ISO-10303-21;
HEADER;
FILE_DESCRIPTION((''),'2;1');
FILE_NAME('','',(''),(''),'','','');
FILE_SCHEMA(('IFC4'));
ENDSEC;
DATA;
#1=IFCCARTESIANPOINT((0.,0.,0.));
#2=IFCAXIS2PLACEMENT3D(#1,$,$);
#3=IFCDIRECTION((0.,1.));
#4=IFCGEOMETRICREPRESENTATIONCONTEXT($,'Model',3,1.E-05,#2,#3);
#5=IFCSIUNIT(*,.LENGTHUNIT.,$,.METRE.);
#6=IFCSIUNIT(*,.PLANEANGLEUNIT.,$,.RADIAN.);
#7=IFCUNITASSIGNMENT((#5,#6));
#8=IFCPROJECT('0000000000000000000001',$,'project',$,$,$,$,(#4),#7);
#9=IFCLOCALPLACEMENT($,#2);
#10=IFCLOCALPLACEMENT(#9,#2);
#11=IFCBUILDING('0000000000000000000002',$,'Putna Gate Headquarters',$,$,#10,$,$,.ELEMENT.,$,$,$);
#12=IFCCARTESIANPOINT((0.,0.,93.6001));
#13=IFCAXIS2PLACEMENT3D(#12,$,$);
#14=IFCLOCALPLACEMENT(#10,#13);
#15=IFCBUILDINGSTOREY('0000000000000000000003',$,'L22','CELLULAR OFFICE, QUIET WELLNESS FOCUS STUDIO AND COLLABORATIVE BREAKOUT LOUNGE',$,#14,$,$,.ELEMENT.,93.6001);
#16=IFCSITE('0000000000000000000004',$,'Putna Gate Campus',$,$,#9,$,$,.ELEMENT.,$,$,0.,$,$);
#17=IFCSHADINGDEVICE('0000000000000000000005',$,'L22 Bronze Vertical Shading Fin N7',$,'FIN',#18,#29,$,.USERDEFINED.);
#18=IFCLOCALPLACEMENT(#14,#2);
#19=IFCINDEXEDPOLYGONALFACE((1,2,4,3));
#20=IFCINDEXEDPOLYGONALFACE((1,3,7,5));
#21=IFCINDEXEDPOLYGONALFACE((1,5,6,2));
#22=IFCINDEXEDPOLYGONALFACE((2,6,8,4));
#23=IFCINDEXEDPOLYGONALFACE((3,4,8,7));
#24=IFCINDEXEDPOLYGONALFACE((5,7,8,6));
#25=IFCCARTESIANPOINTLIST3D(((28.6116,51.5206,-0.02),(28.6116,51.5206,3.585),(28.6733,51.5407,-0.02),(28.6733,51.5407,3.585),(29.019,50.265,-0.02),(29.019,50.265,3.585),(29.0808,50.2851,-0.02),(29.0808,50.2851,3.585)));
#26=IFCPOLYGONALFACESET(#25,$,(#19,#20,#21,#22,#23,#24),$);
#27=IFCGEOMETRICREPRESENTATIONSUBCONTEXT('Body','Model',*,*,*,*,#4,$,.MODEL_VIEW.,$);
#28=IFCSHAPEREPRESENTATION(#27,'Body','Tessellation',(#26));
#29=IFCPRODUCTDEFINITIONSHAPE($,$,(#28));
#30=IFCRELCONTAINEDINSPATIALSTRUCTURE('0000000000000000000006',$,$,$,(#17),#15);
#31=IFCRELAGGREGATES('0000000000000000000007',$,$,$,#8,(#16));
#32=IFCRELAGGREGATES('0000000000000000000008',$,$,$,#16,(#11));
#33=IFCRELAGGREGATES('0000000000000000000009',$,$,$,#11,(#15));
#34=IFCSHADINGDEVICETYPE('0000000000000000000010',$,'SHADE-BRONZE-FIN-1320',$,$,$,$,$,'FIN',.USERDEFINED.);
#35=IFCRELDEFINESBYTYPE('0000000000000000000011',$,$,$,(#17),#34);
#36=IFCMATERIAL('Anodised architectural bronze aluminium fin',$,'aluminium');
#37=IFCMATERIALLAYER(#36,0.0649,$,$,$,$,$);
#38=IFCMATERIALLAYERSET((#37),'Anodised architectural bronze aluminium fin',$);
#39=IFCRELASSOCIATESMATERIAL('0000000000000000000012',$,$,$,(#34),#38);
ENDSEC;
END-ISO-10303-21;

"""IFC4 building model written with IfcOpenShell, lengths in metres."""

from ifc_helpers import new_model, si_unit, direction, frame, origin, origin_2d, place, context, subcontext, project, spatial, rectangle, extrude, material, layer, layer_set, type_object, element, save


model = new_model("IFC4")

# Units and contexts
model_context = context("Model", 3, precision=1e-05, world=origin(), true_north=direction((0.0, 1.0)))
body_context = subcontext(model_context, "Body", "Model", "MODEL_VIEW")
ifc_project = project(units=[si_unit("LENGTHUNIT", "METRE"), si_unit("PLANEANGLEUNIT", "RADIAN")], contexts=[model_context])

# Site, building, storey
site_placement = place(None, origin())
site = spatial("IfcSite", under=ifc_project, at=site_placement, Name="Putna Gate Campus", CompositionType="ELEMENT", RefElevation=0.0)
building_placement = place(site_placement, origin())
building = spatial("IfcBuilding", under=site, at=building_placement, Name="Putna Gate Headquarters", CompositionType="ELEMENT")
storey_placement = place(building_placement, frame((0.0, 0.0, 93.6001)))
storey = spatial("IfcBuildingStorey", under=building, at=storey_placement, Name="L22", Description="CELLULAR OFFICE, QUIET WELLNESS FOCUS STUDIO AND COLLABORATIVE BREAKOUT LOUNGE", CompositionType="ELEMENT", Elevation=93.6001)

# Shading device
ifc_material_1 = material(Name="Anodised architectural bronze aluminium fin", Category="aluminium")
ifc_layer_1 = layer(ifc_material_1, 0.0649)
ifc_layer_set_1 = layer_set([ifc_layer_1], Name="Anodised architectural bronze aluminium fin")
shading_device_type = type_object("IfcShadingDeviceType", Name="SHADE-BRONZE-FIN-1320", ElementType="FIN", PredefinedType="USERDEFINED", material=ifc_layer_set_1)
for number, where, z_axis, x_axis, name in (
    (1, (28.8462, 50.9028, -0.02), (0.0, 0.0, 1.0), (-0.308685, 0.951164, 0.0), "L22 Bronze Vertical Shading Fin N7"),
):
    element("IfcShadingDevice", number, at=place(storey_placement, frame(where, z_axis=z_axis, x_axis=x_axis)), inside=storey, type_object=shading_device_type, Name=name, ObjectType="FIN", PredefinedType="USERDEFINED", context=body_context, shape_type="SweptSolid", body=[
        extrude(rectangle(XDim=1.3201, YDim=0.0649, at=origin_2d()), origin(), (0.0, 0.0, 1.0), 3.605),
    ])

save(model, "model.ifc")
